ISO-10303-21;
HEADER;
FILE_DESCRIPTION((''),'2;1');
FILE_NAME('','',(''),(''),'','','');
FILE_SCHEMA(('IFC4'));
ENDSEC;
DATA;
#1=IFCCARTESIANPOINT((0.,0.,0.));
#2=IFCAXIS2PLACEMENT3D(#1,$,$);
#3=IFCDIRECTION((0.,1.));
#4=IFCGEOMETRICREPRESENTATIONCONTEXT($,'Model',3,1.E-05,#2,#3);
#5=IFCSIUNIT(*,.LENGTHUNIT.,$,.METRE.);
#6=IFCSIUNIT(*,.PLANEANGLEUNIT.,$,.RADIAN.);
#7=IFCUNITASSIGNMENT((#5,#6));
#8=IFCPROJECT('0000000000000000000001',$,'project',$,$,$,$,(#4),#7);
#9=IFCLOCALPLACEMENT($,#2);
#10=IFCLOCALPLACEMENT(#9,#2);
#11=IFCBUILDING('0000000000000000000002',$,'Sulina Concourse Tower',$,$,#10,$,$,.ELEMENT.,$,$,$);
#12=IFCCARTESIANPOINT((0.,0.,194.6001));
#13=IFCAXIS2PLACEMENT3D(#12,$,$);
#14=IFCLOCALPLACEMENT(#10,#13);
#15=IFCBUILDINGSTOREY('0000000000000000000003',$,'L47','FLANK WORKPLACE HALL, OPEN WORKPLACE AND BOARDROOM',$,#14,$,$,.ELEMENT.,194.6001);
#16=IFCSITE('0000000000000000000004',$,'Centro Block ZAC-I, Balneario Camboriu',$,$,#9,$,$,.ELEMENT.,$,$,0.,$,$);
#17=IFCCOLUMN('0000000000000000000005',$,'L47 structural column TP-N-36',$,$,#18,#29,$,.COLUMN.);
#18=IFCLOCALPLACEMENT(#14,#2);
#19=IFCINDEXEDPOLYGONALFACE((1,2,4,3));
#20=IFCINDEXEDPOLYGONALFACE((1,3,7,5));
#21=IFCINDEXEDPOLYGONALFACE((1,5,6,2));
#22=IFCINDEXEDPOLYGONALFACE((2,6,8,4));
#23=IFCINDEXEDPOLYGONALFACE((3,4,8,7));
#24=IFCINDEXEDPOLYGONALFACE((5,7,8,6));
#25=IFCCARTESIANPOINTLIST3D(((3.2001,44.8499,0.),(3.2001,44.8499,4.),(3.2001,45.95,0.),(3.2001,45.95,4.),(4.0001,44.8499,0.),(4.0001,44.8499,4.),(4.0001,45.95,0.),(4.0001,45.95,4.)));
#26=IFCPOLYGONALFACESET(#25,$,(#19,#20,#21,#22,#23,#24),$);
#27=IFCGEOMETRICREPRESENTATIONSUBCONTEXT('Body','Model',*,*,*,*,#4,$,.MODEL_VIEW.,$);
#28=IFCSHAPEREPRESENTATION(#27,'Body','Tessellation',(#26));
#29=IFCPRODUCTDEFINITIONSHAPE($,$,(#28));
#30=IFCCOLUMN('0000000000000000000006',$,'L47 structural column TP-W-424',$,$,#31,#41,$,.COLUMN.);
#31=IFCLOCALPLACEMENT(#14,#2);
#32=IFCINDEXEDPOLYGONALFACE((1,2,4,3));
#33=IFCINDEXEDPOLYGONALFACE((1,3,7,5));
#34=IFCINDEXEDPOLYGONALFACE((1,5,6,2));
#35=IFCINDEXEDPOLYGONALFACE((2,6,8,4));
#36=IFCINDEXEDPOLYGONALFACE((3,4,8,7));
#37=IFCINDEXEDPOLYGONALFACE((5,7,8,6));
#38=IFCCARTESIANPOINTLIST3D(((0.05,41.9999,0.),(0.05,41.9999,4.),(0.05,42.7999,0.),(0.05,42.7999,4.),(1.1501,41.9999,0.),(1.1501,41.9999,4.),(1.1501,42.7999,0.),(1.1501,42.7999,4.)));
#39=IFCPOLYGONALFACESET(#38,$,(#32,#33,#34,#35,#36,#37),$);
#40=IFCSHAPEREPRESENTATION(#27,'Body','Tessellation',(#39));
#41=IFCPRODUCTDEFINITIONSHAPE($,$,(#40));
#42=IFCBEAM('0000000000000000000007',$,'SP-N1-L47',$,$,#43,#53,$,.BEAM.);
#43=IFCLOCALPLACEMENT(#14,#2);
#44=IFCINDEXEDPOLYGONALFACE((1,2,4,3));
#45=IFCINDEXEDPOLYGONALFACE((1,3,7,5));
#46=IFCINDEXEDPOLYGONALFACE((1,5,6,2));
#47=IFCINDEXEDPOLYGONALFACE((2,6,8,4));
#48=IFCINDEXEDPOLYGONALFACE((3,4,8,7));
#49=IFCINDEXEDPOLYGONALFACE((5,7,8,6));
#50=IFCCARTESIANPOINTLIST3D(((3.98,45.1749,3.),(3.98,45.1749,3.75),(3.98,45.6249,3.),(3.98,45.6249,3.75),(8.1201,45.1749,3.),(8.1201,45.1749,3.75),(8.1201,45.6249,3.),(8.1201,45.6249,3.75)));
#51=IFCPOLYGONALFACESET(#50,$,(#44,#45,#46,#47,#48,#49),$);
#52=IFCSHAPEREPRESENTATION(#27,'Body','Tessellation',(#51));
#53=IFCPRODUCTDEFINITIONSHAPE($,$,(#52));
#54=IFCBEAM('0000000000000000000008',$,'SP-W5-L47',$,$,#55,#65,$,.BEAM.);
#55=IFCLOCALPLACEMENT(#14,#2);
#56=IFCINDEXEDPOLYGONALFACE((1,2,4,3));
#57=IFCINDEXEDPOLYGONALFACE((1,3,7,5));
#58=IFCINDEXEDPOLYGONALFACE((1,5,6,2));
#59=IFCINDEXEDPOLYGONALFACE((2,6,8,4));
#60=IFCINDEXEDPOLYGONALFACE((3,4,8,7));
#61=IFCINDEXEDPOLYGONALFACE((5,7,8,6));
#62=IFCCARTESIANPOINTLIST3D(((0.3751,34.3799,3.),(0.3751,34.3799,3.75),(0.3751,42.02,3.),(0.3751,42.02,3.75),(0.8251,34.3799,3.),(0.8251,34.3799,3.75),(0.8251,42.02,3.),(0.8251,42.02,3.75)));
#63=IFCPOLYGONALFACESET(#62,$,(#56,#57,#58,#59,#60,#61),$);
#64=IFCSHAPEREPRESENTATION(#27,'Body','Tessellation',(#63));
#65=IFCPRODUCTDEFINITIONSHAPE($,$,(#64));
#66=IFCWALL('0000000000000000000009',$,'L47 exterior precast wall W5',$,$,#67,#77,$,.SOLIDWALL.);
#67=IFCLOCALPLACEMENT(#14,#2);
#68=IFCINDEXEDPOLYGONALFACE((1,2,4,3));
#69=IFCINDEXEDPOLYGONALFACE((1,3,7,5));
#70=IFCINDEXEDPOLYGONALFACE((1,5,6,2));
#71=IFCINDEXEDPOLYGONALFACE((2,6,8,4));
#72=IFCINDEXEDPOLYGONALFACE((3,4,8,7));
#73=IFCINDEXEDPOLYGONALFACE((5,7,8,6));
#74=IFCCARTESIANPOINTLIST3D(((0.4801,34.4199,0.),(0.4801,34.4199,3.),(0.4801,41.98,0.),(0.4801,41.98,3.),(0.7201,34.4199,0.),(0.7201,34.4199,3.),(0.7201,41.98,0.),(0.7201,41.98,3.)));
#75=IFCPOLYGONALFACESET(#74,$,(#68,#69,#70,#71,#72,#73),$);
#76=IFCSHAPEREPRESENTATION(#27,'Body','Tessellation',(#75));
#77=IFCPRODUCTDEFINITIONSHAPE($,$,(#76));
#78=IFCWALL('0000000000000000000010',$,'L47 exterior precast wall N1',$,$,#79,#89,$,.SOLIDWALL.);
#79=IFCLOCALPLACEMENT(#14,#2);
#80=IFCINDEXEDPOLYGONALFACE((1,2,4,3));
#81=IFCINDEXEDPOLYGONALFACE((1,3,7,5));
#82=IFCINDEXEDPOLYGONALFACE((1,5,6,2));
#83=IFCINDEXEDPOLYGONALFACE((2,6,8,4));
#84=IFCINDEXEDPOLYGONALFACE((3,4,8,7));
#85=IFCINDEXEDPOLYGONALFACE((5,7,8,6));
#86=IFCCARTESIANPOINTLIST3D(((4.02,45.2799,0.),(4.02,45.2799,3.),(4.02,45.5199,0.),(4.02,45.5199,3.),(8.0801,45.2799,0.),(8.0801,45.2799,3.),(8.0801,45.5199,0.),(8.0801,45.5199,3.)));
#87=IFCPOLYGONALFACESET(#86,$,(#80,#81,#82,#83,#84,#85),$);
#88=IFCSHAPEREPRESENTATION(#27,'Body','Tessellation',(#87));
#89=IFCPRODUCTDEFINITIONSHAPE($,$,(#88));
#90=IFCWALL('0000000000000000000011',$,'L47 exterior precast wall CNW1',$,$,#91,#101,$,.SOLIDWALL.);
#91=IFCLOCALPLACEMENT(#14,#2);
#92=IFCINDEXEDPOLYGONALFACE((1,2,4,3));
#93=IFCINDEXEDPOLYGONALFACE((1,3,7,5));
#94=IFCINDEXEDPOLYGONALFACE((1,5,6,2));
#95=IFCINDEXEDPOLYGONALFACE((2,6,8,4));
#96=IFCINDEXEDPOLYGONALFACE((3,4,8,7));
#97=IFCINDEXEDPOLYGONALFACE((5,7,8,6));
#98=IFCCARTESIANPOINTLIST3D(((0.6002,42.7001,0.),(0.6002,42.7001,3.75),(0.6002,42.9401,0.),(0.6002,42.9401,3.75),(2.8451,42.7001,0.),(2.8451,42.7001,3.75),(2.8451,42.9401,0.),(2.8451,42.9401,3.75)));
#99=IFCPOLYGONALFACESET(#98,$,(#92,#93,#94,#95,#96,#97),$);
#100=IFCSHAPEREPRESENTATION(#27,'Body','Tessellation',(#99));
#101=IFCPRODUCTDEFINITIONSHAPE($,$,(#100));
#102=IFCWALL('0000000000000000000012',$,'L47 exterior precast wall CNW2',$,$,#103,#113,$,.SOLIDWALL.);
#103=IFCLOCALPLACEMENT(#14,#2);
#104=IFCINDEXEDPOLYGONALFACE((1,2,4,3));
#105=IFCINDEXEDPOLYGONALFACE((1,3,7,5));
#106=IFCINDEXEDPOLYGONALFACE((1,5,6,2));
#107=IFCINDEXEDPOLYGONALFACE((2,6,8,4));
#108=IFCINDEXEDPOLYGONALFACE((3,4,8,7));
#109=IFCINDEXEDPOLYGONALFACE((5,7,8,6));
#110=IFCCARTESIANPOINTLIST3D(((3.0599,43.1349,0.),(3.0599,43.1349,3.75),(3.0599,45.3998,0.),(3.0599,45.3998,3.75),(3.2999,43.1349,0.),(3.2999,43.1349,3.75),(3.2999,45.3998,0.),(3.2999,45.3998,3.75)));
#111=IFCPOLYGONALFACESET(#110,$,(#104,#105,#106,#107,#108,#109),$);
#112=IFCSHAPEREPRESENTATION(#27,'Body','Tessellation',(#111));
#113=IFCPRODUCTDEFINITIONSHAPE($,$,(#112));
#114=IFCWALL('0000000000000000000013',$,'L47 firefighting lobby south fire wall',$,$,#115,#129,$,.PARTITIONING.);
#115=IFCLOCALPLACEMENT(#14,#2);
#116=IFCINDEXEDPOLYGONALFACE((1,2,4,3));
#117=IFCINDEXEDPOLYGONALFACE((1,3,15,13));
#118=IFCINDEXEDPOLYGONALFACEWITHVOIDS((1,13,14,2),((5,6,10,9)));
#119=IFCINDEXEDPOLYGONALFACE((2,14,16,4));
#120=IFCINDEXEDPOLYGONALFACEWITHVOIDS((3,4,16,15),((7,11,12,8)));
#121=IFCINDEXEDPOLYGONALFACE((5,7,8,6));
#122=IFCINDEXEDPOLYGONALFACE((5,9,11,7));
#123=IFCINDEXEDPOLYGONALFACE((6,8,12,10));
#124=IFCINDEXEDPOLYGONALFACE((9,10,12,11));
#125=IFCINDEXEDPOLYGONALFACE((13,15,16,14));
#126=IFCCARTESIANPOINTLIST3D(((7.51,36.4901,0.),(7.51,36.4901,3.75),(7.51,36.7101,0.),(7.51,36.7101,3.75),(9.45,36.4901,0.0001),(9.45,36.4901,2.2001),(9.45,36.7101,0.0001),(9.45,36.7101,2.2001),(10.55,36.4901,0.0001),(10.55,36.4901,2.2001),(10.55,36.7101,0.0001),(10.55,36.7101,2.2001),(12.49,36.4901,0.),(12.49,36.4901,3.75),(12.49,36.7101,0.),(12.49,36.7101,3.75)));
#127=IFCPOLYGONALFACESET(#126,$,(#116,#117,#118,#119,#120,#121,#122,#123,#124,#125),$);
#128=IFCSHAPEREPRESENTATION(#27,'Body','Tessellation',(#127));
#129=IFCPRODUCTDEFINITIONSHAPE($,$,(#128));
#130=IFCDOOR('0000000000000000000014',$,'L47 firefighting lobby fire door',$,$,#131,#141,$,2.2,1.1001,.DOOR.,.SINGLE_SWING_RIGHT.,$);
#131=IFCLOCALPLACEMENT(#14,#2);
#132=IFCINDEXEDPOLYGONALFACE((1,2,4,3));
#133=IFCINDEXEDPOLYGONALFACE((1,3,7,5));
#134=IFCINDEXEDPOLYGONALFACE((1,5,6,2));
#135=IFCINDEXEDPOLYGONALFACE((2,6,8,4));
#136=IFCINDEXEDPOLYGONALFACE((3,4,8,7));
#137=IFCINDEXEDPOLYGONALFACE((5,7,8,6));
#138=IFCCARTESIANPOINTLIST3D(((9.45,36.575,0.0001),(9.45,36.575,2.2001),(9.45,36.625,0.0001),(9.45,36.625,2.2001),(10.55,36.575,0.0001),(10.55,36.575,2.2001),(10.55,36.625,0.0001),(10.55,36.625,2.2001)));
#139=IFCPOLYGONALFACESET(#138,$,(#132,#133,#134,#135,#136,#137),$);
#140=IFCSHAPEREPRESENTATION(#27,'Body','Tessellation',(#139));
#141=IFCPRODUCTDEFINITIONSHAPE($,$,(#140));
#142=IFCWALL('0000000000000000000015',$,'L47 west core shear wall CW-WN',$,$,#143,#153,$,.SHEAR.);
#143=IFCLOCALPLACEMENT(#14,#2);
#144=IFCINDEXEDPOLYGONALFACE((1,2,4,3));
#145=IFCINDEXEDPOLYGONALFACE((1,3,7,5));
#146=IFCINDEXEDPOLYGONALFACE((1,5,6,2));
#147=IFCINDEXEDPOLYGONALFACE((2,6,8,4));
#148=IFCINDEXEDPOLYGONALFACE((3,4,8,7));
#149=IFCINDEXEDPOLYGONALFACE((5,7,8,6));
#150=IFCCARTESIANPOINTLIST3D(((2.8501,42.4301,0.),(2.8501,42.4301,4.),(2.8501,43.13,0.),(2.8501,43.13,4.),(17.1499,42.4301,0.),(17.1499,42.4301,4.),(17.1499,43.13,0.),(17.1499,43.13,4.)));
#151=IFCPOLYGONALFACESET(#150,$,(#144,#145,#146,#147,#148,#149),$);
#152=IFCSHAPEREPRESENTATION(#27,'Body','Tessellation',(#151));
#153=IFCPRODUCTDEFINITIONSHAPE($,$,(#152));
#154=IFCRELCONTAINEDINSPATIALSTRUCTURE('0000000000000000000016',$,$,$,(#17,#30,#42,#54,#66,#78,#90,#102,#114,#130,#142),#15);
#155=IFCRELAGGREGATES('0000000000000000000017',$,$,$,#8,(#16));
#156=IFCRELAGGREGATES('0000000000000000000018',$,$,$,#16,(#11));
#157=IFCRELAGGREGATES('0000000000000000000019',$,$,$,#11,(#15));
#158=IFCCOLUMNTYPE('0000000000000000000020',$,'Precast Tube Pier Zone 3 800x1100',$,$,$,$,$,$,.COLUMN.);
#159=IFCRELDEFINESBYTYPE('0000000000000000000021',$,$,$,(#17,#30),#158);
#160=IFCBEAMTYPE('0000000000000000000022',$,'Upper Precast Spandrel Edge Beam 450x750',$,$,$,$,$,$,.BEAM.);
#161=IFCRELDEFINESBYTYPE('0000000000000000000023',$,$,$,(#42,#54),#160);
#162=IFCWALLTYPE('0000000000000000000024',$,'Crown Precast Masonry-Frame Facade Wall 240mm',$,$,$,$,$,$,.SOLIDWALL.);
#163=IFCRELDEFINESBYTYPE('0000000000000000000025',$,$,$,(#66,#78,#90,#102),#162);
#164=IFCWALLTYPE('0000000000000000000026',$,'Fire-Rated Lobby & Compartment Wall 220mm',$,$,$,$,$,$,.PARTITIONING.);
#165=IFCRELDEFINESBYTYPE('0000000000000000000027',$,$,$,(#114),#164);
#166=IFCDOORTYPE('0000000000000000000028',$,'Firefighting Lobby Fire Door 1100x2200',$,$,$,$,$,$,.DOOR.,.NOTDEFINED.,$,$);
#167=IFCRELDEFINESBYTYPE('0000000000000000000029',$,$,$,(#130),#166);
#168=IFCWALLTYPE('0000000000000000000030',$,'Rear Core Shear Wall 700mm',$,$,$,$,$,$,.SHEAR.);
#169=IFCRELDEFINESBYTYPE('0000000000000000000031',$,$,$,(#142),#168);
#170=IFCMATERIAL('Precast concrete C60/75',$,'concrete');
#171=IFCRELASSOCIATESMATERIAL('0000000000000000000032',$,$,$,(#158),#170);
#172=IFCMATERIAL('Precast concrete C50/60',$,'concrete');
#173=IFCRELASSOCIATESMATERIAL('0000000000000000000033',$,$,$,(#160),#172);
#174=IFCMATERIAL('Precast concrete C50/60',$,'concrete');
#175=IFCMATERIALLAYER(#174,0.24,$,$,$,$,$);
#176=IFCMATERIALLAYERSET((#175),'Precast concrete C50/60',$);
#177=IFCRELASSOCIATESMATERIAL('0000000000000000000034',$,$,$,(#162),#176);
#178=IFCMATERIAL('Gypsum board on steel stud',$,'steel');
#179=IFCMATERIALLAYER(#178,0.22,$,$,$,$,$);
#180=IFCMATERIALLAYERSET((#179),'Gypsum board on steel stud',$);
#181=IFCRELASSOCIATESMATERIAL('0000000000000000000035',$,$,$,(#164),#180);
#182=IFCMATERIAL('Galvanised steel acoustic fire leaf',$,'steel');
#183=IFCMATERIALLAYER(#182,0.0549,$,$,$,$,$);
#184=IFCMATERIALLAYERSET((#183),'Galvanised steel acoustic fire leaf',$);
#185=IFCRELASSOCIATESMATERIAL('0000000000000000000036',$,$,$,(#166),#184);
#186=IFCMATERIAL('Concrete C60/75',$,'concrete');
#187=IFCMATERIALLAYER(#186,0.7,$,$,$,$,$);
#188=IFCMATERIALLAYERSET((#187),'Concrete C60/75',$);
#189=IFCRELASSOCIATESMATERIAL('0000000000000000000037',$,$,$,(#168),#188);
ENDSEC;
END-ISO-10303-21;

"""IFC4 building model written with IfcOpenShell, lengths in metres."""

from ifc_helpers import new_model, si_unit, direction, frame, frame_2d, origin, origin_2d, place, context, subcontext, project, spatial, rectangle, extrude, material, layer, layer_set, material_profile, profile_set, type_object, element, fill, save


model = new_model("IFC4")

# Units and contexts
model_context = context("Model", 3, precision=1e-05, world=origin(), true_north=direction((0.0, 1.0)))
body_context = subcontext(model_context, "Body", "Model", "MODEL_VIEW")
ifc_project = project(units=[si_unit("LENGTHUNIT", "METRE"), si_unit("PLANEANGLEUNIT", "RADIAN")], contexts=[model_context])

# Site, building, storey
site_placement = place(None, origin())
site = spatial("IfcSite", under=ifc_project, at=site_placement, Name="Centro Block ZAC-I, Balneario Camboriu", CompositionType="ELEMENT", RefElevation=0.0)
building_placement = place(site_placement, origin())
building = spatial("IfcBuilding", under=site, at=building_placement, Name="Sulina Concourse Tower", CompositionType="ELEMENT")
storey_placement = place(building_placement, frame((0.0, 0.0, 194.6001)))
storey = spatial("IfcBuildingStorey", under=building, at=storey_placement, Name="L47", Description="FLANK WORKPLACE HALL, OPEN WORKPLACE AND BOARDROOM", CompositionType="ELEMENT", Elevation=194.6001)

# Columns
ifc_material_1 = material(Name="Precast concrete C60/75", Category="concrete")
ifc_material_profile_1 = material_profile(ifc_material_1, rectangle(XDim=0.8, YDim=1.1001, at=origin_2d()), Name="PC 800x1100")
ifc_profile_set_1 = profile_set([ifc_material_profile_1], Name="Precast concrete C60/75")
column_type = type_object("IfcColumnType", Name="Precast Tube Pier Zone 3 800x1100", PredefinedType="COLUMN", material=ifc_profile_set_1)
for number, where, z_axis, x_axis, name in (
    (1, (3.6001, 45.3999, 0.0), (0.0, 0.0, 1.0), (1.0, 0.0, 0.0), "L47 structural column TP-N-36"),
    (2, (0.6001, 42.3999, 0.0), (0.0, 0.0, 1.0), (0.0, 1.0, 0.0), "L47 structural column TP-W-424"),
):
    element("IfcColumn", number, at=place(storey_placement, frame(where, z_axis=z_axis, x_axis=x_axis)), inside=storey, type_object=column_type, Name=name, PredefinedType="COLUMN", context=body_context, shape_type="SweptSolid", body=[
        extrude(rectangle(XDim=0.8, YDim=1.1001, at=origin_2d()), origin(), (0.0, 0.0, 1.0), 4.0),
    ])

# Beams
ifc_material_2 = material(Name="Precast concrete C50/60", Category="concrete")
ifc_material_profile_2 = material_profile(ifc_material_2, rectangle(XDim=0.45, YDim=0.75, at=origin_2d()), Name="RC 450x750")
ifc_profile_set_2 = profile_set([ifc_material_profile_2], Name="Precast concrete C50/60")
beam_type = type_object("IfcBeamType", Name="Upper Precast Spandrel Edge Beam 450x750", PredefinedType="BEAM", material=ifc_profile_set_2)
beam_1_placement = place(storey_placement, frame((3.98, 45.3999, 3.375), z_axis=(1.0, 0.0, 0.0), x_axis=(0.0, 1.0, 0.0)))
element("IfcBeam", 3, at=beam_1_placement, inside=storey, type_object=beam_type, Name="SP-N1-L47", PredefinedType="BEAM", context=body_context, shape_type="SweptSolid", body=[
    extrude(rectangle(XDim=0.45, YDim=0.75, at=origin_2d()), origin(), (0.0, 0.0, 1.0), 4.1401),
])
beam_2_placement = place(storey_placement, frame((0.6001, 34.3799, 3.375), z_axis=(0.0, 1.0, 0.0), x_axis=(-1.0, 0.0, 0.0)))
element("IfcBeam", 4, at=beam_2_placement, inside=storey, type_object=beam_type, Name="SP-W5-L47", PredefinedType="BEAM", context=body_context, shape_type="SweptSolid", body=[
    extrude(rectangle(XDim=0.45, YDim=0.75, at=origin_2d()), origin(), (0.0, 0.0, 1.0), 7.6401),
])

# Walls
ifc_material_3 = material(Name="Precast concrete C50/60", Category="concrete")
ifc_layer_1 = layer(ifc_material_3, 0.24)
ifc_layer_set_1 = layer_set([ifc_layer_1], Name="Precast concrete C50/60")
wall_type_1 = type_object("IfcWallType", Name="Crown Precast Masonry-Frame Facade Wall 240mm", PredefinedType="SOLIDWALL", material=ifc_layer_set_1)
wall_1_placement = place(storey_placement, frame((0.6001, 34.4199, 0.0), z_axis=(0.0, 0.0, 1.0), x_axis=(0.0, 1.0, 0.0)))
element("IfcWall", 5, at=wall_1_placement, inside=storey, type_object=wall_type_1, Name="L47 exterior precast wall W5", PredefinedType="SOLIDWALL", context=body_context, shape_type="SweptSolid", body=[
    extrude(rectangle(XDim=7.5601, YDim=0.24, at=frame_2d((3.78, 0.0))), origin(), (0.0, 0.0, 1.0), 3.0),
])
wall_2_placement = place(storey_placement, frame((4.02, 45.3999, 0.0), z_axis=(0.0, 0.0, 1.0), x_axis=(1.0, 0.0, 0.0)))
element("IfcWall", 6, at=wall_2_placement, inside=storey, type_object=wall_type_1, Name="L47 exterior precast wall N1", PredefinedType="SOLIDWALL", context=body_context, shape_type="SweptSolid", body=[
    extrude(rectangle(XDim=4.0601, YDim=0.24, at=frame_2d((2.03, 0.0))), origin(), (0.0, 0.0, 1.0), 3.0),
])
wall_3_placement = place(storey_placement, frame((0.6001, 42.8201, 0.0), z_axis=(0.0, 0.0, 1.0), x_axis=(1.0, 0.0, 0.0)))
element("IfcWall", 7, at=wall_3_placement, inside=storey, type_object=wall_type_1, Name="L47 exterior precast wall CNW1", PredefinedType="SOLIDWALL", context=body_context, shape_type="SweptSolid", body=[
    extrude(rectangle(XDim=2.2449, YDim=0.24, at=frame_2d((1.1226, 0.0))), origin(), (0.0, 0.0, 1.0), 3.75),
])
wall_4_placement = place(storey_placement, frame((3.1799, 43.135, 0.0), z_axis=(0.0, 0.0, 1.0), x_axis=(0.0, 1.0, 0.0)))
element("IfcWall", 8, at=wall_4_placement, inside=storey, type_object=wall_type_1, Name="L47 exterior precast wall CNW2", PredefinedType="SOLIDWALL", context=body_context, shape_type="SweptSolid", body=[
    extrude(rectangle(XDim=2.2649, YDim=0.24, at=frame_2d((1.1323, 0.0))), origin(), (0.0, 0.0, 1.0), 3.75),
])

# Wall, opening, door
ifc_material_4 = material(Name="Gypsum board on steel stud", Category="steel")
ifc_layer_2 = layer(ifc_material_4, 0.22)
ifc_layer_set_2 = layer_set([ifc_layer_2], Name="Gypsum board on steel stud")
wall_type_2 = type_object("IfcWallType", Name="Fire-Rated Lobby & Compartment Wall 220mm", PredefinedType="PARTITIONING", material=ifc_layer_set_2)
wall_5_placement = place(storey_placement, frame((7.51, 36.6001, 0.0), z_axis=(0.0, 0.0, 1.0), x_axis=(1.0, 0.0, 0.0)))
wall_5 = element("IfcWall", 9, at=wall_5_placement, inside=storey, type_object=wall_type_2, Name="L47 firefighting lobby south fire wall", PredefinedType="PARTITIONING", context=body_context, shape_type="SweptSolid", body=[
    extrude(rectangle(XDim=4.98, YDim=0.22, at=frame_2d((2.49, 0.0))), origin(), (0.0, 0.0, 1.0), 3.75),
])
opening_1_placement = place(wall_5_placement, frame((1.9399, 0.0, 0.0)))
opening_1 = element("IfcOpeningElement", 10, at=opening_1_placement, cuts=wall_5, PredefinedType="OPENING", context=body_context, shape_type="SweptSolid", body=[
    extrude(rectangle(XDim=1.1001, YDim=2.2, at=frame_2d((0.55, 1.1001))), frame((0.0, 0.1199, 0.0), z_axis=(0.0, -1.0, 0.0), x_axis=(1.0, 0.0, 0.0)), (0.0, 0.0, 1.0), 0.24),
])
ifc_material_5 = material(Name="Galvanised steel acoustic fire leaf", Category="steel")
ifc_layer_3 = layer(ifc_material_5, 0.0549)
ifc_layer_set_3 = layer_set([ifc_layer_3], Name="Galvanised steel acoustic fire leaf")
door_type_1 = type_object("IfcDoorType", Name="Firefighting Lobby Fire Door 1100x2200", OperationType="NOTDEFINED", PredefinedType="DOOR", material=ifc_layer_set_3)
door_1_placement = place(opening_1_placement, origin())
door_1 = element("IfcDoor", 11, at=door_1_placement, inside=storey, type_object=door_type_1, Name="L47 firefighting lobby fire door", OperationType="SINGLE_SWING_RIGHT", OverallHeight=2.2, OverallWidth=1.1001, PredefinedType="DOOR", context=body_context, shape_type="SweptSolid", body=[
    extrude(rectangle(XDim=1.1001, YDim=2.2, at=frame_2d((0.55, 1.1001))), frame((0.0, 0.0249, 0.0), z_axis=(0.0, -1.0, 0.0), x_axis=(1.0, 0.0, 0.0)), (0.0, 0.0, 1.0), 0.05),
])
fill(opening_1, door_1)

# Wall
ifc_material_6 = material(Name="Concrete C60/75", Category="concrete")
ifc_layer_4 = layer(ifc_material_6, 0.7)
ifc_layer_set_4 = layer_set([ifc_layer_4], Name="Concrete C60/75")
wall_type_3 = type_object("IfcWallType", Name="Rear Core Shear Wall 700mm", PredefinedType="SHEAR", material=ifc_layer_set_4)
wall_6_placement = place(storey_placement, frame((2.8501, 42.78, 0.0), z_axis=(0.0, 0.0, 1.0), x_axis=(1.0, 0.0, 0.0)))
element("IfcWall", 12, at=wall_6_placement, inside=storey, type_object=wall_type_3, Name="L47 west core shear wall CW-WN", PredefinedType="SHEAR", context=body_context, shape_type="SweptSolid", body=[
    extrude(rectangle(XDim=14.2998, YDim=0.7, at=frame_2d((7.1499, 0.0))), origin(), (0.0, 0.0, 1.0), 4.0),
])

save(model, "model.ifc")
